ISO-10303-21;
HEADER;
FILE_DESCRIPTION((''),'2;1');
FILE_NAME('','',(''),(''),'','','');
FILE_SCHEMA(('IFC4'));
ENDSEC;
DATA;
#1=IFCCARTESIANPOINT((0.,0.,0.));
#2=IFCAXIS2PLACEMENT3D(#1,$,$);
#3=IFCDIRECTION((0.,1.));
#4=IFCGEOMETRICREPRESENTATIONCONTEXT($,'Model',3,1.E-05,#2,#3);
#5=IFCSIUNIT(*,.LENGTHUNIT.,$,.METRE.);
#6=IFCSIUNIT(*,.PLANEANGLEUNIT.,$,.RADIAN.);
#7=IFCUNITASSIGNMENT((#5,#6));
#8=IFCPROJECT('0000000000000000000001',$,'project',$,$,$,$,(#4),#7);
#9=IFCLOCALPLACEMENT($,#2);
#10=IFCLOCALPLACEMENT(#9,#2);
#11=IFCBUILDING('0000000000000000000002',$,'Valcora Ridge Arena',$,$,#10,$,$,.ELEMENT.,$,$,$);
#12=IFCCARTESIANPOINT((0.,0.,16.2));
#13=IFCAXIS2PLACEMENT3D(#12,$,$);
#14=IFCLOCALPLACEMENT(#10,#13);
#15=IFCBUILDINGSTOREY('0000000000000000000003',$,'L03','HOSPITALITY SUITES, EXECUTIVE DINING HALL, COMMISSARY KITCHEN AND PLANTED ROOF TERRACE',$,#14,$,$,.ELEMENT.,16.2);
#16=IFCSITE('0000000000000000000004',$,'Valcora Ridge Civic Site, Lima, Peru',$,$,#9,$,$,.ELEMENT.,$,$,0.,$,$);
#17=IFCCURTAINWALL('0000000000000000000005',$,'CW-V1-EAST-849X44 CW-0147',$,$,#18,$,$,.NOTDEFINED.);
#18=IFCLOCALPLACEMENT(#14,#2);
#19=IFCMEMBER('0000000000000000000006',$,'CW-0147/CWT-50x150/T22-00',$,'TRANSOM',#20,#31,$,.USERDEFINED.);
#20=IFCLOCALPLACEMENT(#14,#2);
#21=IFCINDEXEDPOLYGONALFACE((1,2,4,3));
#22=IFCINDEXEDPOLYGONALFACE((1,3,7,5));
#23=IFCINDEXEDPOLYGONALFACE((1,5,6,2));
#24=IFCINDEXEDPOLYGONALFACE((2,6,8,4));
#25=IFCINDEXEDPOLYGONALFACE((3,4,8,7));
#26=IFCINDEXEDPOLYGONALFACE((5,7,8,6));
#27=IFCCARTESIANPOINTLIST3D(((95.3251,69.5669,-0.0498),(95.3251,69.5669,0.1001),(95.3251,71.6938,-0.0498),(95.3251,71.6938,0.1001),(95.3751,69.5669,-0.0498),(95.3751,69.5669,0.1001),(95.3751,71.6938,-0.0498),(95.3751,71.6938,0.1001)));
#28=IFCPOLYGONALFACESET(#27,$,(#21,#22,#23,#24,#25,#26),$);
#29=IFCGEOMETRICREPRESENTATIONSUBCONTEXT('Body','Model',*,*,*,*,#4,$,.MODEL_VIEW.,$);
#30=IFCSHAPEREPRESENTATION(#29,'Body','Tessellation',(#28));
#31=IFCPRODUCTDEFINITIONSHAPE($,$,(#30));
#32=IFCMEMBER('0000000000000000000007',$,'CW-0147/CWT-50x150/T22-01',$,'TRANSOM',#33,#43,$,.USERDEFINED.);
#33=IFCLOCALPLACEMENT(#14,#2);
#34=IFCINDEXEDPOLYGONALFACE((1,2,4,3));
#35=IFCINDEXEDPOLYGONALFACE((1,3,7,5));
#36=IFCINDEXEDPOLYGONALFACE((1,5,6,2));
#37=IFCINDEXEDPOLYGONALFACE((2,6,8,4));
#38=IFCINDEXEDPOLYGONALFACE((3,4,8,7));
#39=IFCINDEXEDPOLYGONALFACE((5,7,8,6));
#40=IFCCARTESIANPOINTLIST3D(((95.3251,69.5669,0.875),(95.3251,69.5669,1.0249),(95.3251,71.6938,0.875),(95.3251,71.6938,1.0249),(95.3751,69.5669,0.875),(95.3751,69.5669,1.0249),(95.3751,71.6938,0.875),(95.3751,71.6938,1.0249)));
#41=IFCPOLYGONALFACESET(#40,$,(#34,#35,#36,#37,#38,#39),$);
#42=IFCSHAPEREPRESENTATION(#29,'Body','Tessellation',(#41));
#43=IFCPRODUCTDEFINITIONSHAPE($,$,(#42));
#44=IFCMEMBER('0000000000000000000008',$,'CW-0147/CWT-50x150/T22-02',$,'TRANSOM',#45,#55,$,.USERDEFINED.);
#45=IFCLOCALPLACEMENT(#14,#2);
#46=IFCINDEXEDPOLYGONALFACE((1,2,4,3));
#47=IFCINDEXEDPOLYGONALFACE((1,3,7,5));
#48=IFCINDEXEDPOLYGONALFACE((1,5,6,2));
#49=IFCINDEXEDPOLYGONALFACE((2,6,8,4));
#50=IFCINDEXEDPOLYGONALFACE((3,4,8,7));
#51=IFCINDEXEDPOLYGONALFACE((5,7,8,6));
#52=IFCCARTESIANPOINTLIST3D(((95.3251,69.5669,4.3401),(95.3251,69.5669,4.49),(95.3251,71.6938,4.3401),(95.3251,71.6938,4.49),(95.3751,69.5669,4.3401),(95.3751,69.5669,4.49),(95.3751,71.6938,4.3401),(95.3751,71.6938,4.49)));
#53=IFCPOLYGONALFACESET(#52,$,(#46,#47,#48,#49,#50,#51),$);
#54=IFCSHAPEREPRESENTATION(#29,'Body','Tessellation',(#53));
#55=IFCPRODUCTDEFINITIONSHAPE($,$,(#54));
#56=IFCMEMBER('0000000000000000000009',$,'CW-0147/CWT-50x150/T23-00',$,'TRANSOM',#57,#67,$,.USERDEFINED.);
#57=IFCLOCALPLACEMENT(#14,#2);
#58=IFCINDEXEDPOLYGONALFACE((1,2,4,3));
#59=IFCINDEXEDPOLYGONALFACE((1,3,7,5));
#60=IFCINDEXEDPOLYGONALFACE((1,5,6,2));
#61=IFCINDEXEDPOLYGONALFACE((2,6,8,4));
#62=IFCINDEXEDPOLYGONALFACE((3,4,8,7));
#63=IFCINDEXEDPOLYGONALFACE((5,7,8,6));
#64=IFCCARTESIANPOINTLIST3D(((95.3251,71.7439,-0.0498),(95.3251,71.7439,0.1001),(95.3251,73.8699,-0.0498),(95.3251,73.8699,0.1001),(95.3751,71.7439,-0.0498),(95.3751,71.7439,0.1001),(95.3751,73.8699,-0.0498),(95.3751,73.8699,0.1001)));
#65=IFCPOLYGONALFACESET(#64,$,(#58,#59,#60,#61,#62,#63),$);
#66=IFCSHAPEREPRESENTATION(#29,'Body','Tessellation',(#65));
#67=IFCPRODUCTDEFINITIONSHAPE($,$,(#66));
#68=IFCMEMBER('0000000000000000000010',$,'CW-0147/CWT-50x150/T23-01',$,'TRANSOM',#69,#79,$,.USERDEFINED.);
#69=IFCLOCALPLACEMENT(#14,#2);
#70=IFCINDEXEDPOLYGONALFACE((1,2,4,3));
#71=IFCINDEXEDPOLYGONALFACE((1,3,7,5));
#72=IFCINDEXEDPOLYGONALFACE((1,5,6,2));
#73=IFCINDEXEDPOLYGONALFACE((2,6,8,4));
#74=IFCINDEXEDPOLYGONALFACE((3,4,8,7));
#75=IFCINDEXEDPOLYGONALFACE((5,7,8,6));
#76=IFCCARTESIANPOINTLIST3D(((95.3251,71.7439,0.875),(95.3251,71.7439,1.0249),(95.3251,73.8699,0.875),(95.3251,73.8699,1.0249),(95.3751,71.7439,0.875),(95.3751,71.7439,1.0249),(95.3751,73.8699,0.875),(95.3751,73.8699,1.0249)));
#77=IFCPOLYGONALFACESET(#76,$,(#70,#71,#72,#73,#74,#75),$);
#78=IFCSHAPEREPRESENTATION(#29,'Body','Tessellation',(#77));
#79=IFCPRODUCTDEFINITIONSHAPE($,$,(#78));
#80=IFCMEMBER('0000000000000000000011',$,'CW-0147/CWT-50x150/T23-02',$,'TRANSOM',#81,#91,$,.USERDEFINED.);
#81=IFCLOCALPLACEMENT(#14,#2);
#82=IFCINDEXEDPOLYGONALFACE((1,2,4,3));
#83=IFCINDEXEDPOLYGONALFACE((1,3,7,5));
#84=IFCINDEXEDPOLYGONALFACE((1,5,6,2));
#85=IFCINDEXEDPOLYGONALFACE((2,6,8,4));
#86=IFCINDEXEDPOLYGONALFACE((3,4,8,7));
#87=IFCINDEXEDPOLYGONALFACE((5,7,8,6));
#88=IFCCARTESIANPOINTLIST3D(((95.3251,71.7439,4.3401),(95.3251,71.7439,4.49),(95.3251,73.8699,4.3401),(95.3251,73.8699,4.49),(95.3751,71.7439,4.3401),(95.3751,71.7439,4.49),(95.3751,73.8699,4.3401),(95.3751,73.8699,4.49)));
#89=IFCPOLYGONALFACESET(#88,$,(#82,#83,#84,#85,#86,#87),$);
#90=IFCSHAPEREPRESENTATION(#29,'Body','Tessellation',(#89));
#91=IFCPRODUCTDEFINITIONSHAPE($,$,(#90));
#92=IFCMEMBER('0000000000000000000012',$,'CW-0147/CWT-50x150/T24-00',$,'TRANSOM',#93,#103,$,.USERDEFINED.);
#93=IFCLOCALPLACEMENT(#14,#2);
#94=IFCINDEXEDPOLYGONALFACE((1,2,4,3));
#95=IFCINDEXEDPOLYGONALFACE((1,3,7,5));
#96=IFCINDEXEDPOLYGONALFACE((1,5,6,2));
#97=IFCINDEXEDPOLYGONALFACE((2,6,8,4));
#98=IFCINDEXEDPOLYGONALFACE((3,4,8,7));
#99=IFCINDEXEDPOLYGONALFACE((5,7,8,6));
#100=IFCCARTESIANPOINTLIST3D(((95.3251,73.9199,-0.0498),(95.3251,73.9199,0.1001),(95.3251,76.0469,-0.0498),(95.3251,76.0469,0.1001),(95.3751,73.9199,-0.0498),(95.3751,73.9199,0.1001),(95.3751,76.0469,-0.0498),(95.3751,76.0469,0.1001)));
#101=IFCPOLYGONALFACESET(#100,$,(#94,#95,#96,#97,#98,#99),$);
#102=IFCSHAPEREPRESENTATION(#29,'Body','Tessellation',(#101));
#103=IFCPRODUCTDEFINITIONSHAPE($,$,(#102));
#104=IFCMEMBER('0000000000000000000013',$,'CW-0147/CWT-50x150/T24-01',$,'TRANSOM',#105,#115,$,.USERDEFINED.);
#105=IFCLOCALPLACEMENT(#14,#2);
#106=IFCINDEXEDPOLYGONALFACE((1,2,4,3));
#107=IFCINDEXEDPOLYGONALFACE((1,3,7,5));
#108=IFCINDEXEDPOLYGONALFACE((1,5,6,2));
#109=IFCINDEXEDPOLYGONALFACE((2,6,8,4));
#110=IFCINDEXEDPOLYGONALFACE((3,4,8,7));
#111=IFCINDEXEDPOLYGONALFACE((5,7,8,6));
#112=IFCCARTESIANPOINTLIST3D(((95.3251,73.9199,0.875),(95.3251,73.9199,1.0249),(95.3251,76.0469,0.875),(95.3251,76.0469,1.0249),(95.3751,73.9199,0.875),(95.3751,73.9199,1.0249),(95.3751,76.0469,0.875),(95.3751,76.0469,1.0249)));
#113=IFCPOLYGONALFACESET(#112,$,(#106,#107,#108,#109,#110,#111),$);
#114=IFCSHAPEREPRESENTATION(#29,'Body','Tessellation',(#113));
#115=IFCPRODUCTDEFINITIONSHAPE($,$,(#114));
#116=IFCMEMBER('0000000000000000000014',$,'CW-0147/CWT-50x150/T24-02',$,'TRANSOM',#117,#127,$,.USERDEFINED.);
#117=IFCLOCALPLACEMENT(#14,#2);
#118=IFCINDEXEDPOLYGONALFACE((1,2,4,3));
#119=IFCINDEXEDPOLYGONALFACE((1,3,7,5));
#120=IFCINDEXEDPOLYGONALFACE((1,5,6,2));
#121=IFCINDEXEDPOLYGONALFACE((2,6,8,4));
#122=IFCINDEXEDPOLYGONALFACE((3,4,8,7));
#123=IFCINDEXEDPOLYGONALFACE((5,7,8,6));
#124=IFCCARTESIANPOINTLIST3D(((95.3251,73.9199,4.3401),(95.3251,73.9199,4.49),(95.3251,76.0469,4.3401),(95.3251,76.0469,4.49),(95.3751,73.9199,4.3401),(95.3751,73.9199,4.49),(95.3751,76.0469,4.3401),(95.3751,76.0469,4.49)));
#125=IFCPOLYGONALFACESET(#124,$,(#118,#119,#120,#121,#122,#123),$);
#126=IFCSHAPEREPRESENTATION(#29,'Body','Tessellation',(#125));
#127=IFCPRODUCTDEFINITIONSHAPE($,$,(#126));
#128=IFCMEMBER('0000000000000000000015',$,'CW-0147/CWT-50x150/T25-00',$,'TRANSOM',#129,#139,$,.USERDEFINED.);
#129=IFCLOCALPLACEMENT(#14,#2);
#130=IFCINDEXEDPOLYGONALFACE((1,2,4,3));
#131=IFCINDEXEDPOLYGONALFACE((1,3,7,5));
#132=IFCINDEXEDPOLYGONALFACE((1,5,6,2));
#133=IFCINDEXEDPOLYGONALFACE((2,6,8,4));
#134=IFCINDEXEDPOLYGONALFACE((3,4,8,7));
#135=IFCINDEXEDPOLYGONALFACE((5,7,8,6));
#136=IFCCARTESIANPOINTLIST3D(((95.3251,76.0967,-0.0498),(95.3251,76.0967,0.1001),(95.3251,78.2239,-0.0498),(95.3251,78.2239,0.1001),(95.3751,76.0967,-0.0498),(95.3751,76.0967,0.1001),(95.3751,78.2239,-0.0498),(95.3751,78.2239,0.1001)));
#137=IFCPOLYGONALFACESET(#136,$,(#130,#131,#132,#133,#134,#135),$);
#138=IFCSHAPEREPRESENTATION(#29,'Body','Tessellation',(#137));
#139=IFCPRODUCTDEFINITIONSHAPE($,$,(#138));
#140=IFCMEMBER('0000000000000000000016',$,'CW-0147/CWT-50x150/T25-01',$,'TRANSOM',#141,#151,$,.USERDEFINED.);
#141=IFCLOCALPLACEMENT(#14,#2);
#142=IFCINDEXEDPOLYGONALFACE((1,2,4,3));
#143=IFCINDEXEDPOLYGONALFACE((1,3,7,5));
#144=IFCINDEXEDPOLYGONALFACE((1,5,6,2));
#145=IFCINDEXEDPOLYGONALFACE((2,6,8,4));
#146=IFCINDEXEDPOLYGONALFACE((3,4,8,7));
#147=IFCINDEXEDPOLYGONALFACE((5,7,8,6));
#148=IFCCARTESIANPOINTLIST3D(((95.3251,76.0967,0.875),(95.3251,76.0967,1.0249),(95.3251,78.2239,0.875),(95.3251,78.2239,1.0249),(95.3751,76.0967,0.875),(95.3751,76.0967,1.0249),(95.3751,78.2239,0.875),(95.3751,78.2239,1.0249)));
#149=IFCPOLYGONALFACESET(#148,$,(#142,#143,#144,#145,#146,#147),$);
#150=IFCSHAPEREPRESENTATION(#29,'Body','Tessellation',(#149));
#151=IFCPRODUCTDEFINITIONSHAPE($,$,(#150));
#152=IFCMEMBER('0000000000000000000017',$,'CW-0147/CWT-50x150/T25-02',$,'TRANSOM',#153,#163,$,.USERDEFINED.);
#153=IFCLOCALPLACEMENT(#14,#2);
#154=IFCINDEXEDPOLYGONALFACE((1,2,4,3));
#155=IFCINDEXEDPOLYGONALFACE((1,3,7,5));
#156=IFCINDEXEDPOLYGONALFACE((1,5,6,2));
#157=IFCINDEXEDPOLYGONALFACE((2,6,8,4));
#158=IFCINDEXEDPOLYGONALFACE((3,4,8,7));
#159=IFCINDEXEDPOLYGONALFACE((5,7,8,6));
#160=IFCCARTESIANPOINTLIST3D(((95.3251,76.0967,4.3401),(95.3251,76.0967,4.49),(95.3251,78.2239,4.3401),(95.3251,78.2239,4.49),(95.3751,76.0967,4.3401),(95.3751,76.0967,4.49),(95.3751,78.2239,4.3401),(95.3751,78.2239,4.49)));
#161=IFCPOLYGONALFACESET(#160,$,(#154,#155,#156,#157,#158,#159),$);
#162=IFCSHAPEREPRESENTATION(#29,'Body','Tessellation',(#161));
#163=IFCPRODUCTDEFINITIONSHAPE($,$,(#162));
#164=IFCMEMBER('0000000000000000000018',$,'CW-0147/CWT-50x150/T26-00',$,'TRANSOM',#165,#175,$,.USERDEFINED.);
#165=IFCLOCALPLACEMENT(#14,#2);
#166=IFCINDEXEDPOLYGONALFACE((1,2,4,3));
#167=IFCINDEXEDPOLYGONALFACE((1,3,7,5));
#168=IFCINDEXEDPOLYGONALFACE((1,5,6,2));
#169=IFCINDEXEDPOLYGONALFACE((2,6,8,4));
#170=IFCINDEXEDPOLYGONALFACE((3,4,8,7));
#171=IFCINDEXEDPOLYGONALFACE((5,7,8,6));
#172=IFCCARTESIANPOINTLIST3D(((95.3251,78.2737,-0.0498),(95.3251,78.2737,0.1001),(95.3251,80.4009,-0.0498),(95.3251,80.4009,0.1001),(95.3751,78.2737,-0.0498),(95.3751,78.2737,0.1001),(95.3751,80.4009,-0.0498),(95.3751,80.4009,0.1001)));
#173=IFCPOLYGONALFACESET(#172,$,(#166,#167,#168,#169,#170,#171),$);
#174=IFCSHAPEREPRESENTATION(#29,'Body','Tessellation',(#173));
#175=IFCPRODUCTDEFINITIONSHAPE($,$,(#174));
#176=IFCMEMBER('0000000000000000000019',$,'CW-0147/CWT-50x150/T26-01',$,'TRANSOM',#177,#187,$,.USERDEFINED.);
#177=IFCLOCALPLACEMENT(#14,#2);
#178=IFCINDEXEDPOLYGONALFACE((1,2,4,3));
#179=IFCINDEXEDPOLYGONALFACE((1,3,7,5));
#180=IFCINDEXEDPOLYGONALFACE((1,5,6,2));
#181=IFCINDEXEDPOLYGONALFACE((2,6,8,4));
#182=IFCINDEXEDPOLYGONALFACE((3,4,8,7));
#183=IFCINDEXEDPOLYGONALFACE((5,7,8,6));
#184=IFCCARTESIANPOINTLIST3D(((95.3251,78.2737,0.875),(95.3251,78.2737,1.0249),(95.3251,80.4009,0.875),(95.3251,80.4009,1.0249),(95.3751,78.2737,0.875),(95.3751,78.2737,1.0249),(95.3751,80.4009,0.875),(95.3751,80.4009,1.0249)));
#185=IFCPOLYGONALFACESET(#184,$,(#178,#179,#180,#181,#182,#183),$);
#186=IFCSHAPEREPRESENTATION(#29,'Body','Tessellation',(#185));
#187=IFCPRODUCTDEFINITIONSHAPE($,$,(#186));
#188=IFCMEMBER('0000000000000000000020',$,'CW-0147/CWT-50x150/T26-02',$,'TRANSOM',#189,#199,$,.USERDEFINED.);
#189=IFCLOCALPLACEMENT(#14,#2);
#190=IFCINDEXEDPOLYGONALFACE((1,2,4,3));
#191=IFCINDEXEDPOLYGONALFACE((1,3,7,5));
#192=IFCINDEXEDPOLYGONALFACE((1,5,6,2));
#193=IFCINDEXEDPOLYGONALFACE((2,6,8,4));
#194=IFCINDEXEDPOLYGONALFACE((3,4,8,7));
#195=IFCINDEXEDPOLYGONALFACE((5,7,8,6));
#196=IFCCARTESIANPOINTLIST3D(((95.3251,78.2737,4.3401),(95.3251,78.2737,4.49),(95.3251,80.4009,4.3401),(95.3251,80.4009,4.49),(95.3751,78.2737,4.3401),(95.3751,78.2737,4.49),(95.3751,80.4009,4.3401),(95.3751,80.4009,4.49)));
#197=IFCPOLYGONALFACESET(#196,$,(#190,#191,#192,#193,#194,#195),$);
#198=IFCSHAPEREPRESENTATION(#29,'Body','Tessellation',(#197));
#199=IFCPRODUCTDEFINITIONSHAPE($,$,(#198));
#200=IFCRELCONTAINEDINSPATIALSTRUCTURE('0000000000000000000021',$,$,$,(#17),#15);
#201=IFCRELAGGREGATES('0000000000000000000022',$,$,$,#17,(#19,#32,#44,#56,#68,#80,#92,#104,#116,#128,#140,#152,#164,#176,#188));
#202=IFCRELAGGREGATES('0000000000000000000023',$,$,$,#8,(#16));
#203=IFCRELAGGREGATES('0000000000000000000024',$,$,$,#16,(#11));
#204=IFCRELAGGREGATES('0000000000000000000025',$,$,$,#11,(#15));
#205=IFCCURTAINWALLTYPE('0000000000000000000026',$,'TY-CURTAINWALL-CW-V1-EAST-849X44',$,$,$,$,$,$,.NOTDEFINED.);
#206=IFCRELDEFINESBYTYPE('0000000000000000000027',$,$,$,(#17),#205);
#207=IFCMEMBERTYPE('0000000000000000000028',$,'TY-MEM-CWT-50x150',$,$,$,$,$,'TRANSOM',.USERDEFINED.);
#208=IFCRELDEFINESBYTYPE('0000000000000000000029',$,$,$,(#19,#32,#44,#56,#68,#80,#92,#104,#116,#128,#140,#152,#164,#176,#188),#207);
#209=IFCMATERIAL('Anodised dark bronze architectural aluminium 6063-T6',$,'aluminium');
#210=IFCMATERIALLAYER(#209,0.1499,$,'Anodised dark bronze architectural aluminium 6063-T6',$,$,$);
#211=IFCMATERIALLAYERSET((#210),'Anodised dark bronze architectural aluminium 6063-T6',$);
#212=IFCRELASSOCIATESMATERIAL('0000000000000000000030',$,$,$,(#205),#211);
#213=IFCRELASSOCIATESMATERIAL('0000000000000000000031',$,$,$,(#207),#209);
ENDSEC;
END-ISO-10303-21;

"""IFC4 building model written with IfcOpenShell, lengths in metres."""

from ifc_helpers import new_model, si_unit, direction, frame, origin, origin_2d, place, context, subcontext, project, spatial, rectangle, extrude, material, layer, layer_set, material_profile, profile_set, type_object, element, aggregate, save


model = new_model("IFC4")

# Units and contexts
model_context = context("Model", 3, precision=1e-05, world=origin(), true_north=direction((0.0, 1.0)))
body_context = subcontext(model_context, "Body", "Model", "MODEL_VIEW")
ifc_project = project(units=[si_unit("LENGTHUNIT", "METRE"), si_unit("PLANEANGLEUNIT", "RADIAN")], contexts=[model_context])

# Site, building, storey
site_placement = place(None, origin())
site = spatial("IfcSite", under=ifc_project, at=site_placement, Name="Valcora Ridge Civic Site, Lima, Peru", CompositionType="ELEMENT", RefElevation=0.0)
building_placement = place(site_placement, origin())
building = spatial("IfcBuilding", under=site, at=building_placement, Name="Valcora Ridge Arena", CompositionType="ELEMENT")
storey_placement = place(building_placement, frame((0.0, 0.0, 16.2)))
storey = spatial("IfcBuildingStorey", under=building, at=storey_placement, Name="L03", Description="HOSPITALITY SUITES, EXECUTIVE DINING HALL, COMMISSARY KITCHEN AND PLANTED ROOF TERRACE", CompositionType="ELEMENT", Elevation=16.2)

# Curtain wall, members
ifc_material_1 = material(Name="Anodised dark bronze architectural aluminium 6063-T6", Category="aluminium")
ifc_layer_1 = layer(ifc_material_1, 0.1499, Name="Anodised dark bronze architectural aluminium 6063-T6")
ifc_layer_set_1 = layer_set([ifc_layer_1], Name="Anodised dark bronze architectural aluminium 6063-T6")
curtain_wall_type = type_object("IfcCurtainWallType", Name="TY-CURTAINWALL-CW-V1-EAST-849X44", PredefinedType="NOTDEFINED", material=ifc_layer_set_1)
curtain_wall_placement = place(storey_placement, origin())
curtain_wall = element("IfcCurtainWall", 1, at=curtain_wall_placement, inside=storey, type_object=curtain_wall_type, Name="CW-V1-EAST-849X44 CW-0147", PredefinedType="NOTDEFINED")
ifc_material_profile_1 = material_profile(ifc_material_1, rectangle(XDim=0.05, YDim=0.1499, at=origin_2d()), Name="ALU TRANSOM 50x150")
ifc_profile_set_1 = profile_set([ifc_material_profile_1], Name="Anodised dark bronze architectural aluminium 6063-T6")
member_type_1 = type_object("IfcMemberType", Name="TY-MEM-CWT-50x150", ElementType="TRANSOM", PredefinedType="USERDEFINED", material=ifc_profile_set_1)
member_1_placement = place(storey_placement, frame((95.3501, 69.5669, 0.0251), z_axis=(0.0, 1.0, 0.0), x_axis=(-1.0, 0.0, 0.0)))
member_1 = element("IfcMember", 2, at=member_1_placement, type_object=member_type_1, Name="CW-0147/CWT-50x150/T22-00", ObjectType="TRANSOM", PredefinedType="USERDEFINED", context=body_context, shape_type="SweptSolid", body=[
    extrude(rectangle(XDim=0.05, YDim=0.1499, at=origin_2d()), origin(), (0.0, 0.0, 1.0), 2.127),
])
member_2_placement = place(storey_placement, frame((95.3501, 69.5669, 0.95), z_axis=(0.0, 1.0, 0.0), x_axis=(-1.0, 0.0, 0.0)))
member_2 = element("IfcMember", 3, at=member_2_placement, type_object=member_type_1, Name="CW-0147/CWT-50x150/T22-01", ObjectType="TRANSOM", PredefinedType="USERDEFINED", context=body_context, shape_type="SweptSolid", body=[
    extrude(rectangle(XDim=0.05, YDim=0.1499, at=origin_2d()), origin(), (0.0, 0.0, 1.0), 2.127),
])
member_3_placement = place(storey_placement, frame((95.3501, 69.5669, 4.415), z_axis=(0.0, 1.0, 0.0), x_axis=(-1.0, 0.0, 0.0)))
member_3 = element("IfcMember", 4, at=member_3_placement, type_object=member_type_1, Name="CW-0147/CWT-50x150/T22-02", ObjectType="TRANSOM", PredefinedType="USERDEFINED", context=body_context, shape_type="SweptSolid", body=[
    extrude(rectangle(XDim=0.05, YDim=0.1499, at=origin_2d()), origin(), (0.0, 0.0, 1.0), 2.127),
])
member_4_placement = place(storey_placement, frame((95.3501, 71.7439, 0.0251), z_axis=(0.0, 1.0, 0.0), x_axis=(-1.0, 0.0, 0.0)))
member_4 = element("IfcMember", 5, at=member_4_placement, type_object=member_type_1, Name="CW-0147/CWT-50x150/T23-00", ObjectType="TRANSOM", PredefinedType="USERDEFINED", context=body_context, shape_type="SweptSolid", body=[
    extrude(rectangle(XDim=0.05, YDim=0.1499, at=origin_2d()), origin(), (0.0, 0.0, 1.0), 2.126),
])
member_5_placement = place(storey_placement, frame((95.3501, 71.7439, 0.95), z_axis=(0.0, 1.0, 0.0), x_axis=(-1.0, 0.0, 0.0)))
member_5 = element("IfcMember", 6, at=member_5_placement, type_object=member_type_1, Name="CW-0147/CWT-50x150/T23-01", ObjectType="TRANSOM", PredefinedType="USERDEFINED", context=body_context, shape_type="SweptSolid", body=[
    extrude(rectangle(XDim=0.05, YDim=0.1499, at=origin_2d()), origin(), (0.0, 0.0, 1.0), 2.126),
])
member_6_placement = place(storey_placement, frame((95.3501, 71.7439, 4.415), z_axis=(0.0, 1.0, 0.0), x_axis=(-1.0, 0.0, 0.0)))
member_6 = element("IfcMember", 7, at=member_6_placement, type_object=member_type_1, Name="CW-0147/CWT-50x150/T23-02", ObjectType="TRANSOM", PredefinedType="USERDEFINED", context=body_context, shape_type="SweptSolid", body=[
    extrude(rectangle(XDim=0.05, YDim=0.1499, at=origin_2d()), origin(), (0.0, 0.0, 1.0), 2.126),
])
member_7_placement = place(storey_placement, frame((95.3501, 73.9199, 0.0251), z_axis=(0.0, 1.0, 0.0), x_axis=(-1.0, 0.0, 0.0)))
member_7 = element("IfcMember", 8, at=member_7_placement, type_object=member_type_1, Name="CW-0147/CWT-50x150/T24-00", ObjectType="TRANSOM", PredefinedType="USERDEFINED", context=body_context, shape_type="SweptSolid", body=[
    extrude(rectangle(XDim=0.05, YDim=0.1499, at=origin_2d()), origin(), (0.0, 0.0, 1.0), 2.127),
])
member_8_placement = place(storey_placement, frame((95.3501, 73.9199, 0.95), z_axis=(0.0, 1.0, 0.0), x_axis=(-1.0, 0.0, 0.0)))
member_8 = element("IfcMember", 9, at=member_8_placement, type_object=member_type_1, Name="CW-0147/CWT-50x150/T24-01", ObjectType="TRANSOM", PredefinedType="USERDEFINED", context=body_context, shape_type="SweptSolid", body=[
    extrude(rectangle(XDim=0.05, YDim=0.1499, at=origin_2d()), origin(), (0.0, 0.0, 1.0), 2.127),
])
member_9_placement = place(storey_placement, frame((95.3501, 73.9199, 4.415), z_axis=(0.0, 1.0, 0.0), x_axis=(-1.0, 0.0, 0.0)))
member_9 = element("IfcMember", 10, at=member_9_placement, type_object=member_type_1, Name="CW-0147/CWT-50x150/T24-02", ObjectType="TRANSOM", PredefinedType="USERDEFINED", context=body_context, shape_type="SweptSolid", body=[
    extrude(rectangle(XDim=0.05, YDim=0.1499, at=origin_2d()), origin(), (0.0, 0.0, 1.0), 2.127),
])
member_10_placement = place(storey_placement, frame((95.3501, 76.0967, 0.0251), z_axis=(0.0, 1.0, 0.0), x_axis=(-1.0, 0.0, 0.0)))
member_10 = element("IfcMember", 11, at=member_10_placement, type_object=member_type_1, Name="CW-0147/CWT-50x150/T25-00", ObjectType="TRANSOM", PredefinedType="USERDEFINED", context=body_context, shape_type="SweptSolid", body=[
    extrude(rectangle(XDim=0.05, YDim=0.1499, at=origin_2d()), origin(), (0.0, 0.0, 1.0), 2.1272),
])
member_11_placement = place(storey_placement, frame((95.3501, 76.0967, 0.95), z_axis=(0.0, 1.0, 0.0), x_axis=(-1.0, 0.0, 0.0)))
member_11 = element("IfcMember", 12, at=member_11_placement, type_object=member_type_1, Name="CW-0147/CWT-50x150/T25-01", ObjectType="TRANSOM", PredefinedType="USERDEFINED", context=body_context, shape_type="SweptSolid", body=[
    extrude(rectangle(XDim=0.05, YDim=0.1499, at=origin_2d()), origin(), (0.0, 0.0, 1.0), 2.1272),
])
member_12_placement = place(storey_placement, frame((95.3501, 76.0967, 4.415), z_axis=(0.0, 1.0, 0.0), x_axis=(-1.0, 0.0, 0.0)))
member_12 = element("IfcMember", 13, at=member_12_placement, type_object=member_type_1, Name="CW-0147/CWT-50x150/T25-02", ObjectType="TRANSOM", PredefinedType="USERDEFINED", context=body_context, shape_type="SweptSolid", body=[
    extrude(rectangle(XDim=0.05, YDim=0.1499, at=origin_2d()), origin(), (0.0, 0.0, 1.0), 2.1272),
])
member_13_placement = place(storey_placement, frame((95.3501, 78.2737, 0.0251), z_axis=(0.0, 1.0, 0.0), x_axis=(-1.0, 0.0, 0.0)))
member_13 = element("IfcMember", 14, at=member_13_placement, type_object=member_type_1, Name="CW-0147/CWT-50x150/T26-00", ObjectType="TRANSOM", PredefinedType="USERDEFINED", context=body_context, shape_type="SweptSolid", body=[
    extrude(rectangle(XDim=0.05, YDim=0.1499, at=origin_2d()), origin(), (0.0, 0.0, 1.0), 2.1272),
])
member_14_placement = place(storey_placement, frame((95.3501, 78.2737, 0.95), z_axis=(0.0, 1.0, 0.0), x_axis=(-1.0, 0.0, 0.0)))
member_14 = element("IfcMember", 15, at=member_14_placement, type_object=member_type_1, Name="CW-0147/CWT-50x150/T26-01", ObjectType="TRANSOM", PredefinedType="USERDEFINED", context=body_context, shape_type="SweptSolid", body=[
    extrude(rectangle(XDim=0.05, YDim=0.1499, at=origin_2d()), origin(), (0.0, 0.0, 1.0), 2.1272),
])
member_15_placement = place(storey_placement, frame((95.3501, 78.2737, 4.415), z_axis=(0.0, 1.0, 0.0), x_axis=(-1.0, 0.0, 0.0)))
member_15 = element("IfcMember", 16, at=member_15_placement, type_object=member_type_1, Name="CW-0147/CWT-50x150/T26-02", ObjectType="TRANSOM", PredefinedType="USERDEFINED", context=body_context, shape_type="SweptSolid", body=[
    extrude(rectangle(XDim=0.05, YDim=0.1499, at=origin_2d()), origin(), (0.0, 0.0, 1.0), 2.1272),
])

aggregate(curtain_wall, [member_1, member_2, member_3, member_4, member_5, member_6, member_7, member_8, member_9, member_10, member_11, member_12, member_13, member_14, member_15])

save(model, "model.ifc")
